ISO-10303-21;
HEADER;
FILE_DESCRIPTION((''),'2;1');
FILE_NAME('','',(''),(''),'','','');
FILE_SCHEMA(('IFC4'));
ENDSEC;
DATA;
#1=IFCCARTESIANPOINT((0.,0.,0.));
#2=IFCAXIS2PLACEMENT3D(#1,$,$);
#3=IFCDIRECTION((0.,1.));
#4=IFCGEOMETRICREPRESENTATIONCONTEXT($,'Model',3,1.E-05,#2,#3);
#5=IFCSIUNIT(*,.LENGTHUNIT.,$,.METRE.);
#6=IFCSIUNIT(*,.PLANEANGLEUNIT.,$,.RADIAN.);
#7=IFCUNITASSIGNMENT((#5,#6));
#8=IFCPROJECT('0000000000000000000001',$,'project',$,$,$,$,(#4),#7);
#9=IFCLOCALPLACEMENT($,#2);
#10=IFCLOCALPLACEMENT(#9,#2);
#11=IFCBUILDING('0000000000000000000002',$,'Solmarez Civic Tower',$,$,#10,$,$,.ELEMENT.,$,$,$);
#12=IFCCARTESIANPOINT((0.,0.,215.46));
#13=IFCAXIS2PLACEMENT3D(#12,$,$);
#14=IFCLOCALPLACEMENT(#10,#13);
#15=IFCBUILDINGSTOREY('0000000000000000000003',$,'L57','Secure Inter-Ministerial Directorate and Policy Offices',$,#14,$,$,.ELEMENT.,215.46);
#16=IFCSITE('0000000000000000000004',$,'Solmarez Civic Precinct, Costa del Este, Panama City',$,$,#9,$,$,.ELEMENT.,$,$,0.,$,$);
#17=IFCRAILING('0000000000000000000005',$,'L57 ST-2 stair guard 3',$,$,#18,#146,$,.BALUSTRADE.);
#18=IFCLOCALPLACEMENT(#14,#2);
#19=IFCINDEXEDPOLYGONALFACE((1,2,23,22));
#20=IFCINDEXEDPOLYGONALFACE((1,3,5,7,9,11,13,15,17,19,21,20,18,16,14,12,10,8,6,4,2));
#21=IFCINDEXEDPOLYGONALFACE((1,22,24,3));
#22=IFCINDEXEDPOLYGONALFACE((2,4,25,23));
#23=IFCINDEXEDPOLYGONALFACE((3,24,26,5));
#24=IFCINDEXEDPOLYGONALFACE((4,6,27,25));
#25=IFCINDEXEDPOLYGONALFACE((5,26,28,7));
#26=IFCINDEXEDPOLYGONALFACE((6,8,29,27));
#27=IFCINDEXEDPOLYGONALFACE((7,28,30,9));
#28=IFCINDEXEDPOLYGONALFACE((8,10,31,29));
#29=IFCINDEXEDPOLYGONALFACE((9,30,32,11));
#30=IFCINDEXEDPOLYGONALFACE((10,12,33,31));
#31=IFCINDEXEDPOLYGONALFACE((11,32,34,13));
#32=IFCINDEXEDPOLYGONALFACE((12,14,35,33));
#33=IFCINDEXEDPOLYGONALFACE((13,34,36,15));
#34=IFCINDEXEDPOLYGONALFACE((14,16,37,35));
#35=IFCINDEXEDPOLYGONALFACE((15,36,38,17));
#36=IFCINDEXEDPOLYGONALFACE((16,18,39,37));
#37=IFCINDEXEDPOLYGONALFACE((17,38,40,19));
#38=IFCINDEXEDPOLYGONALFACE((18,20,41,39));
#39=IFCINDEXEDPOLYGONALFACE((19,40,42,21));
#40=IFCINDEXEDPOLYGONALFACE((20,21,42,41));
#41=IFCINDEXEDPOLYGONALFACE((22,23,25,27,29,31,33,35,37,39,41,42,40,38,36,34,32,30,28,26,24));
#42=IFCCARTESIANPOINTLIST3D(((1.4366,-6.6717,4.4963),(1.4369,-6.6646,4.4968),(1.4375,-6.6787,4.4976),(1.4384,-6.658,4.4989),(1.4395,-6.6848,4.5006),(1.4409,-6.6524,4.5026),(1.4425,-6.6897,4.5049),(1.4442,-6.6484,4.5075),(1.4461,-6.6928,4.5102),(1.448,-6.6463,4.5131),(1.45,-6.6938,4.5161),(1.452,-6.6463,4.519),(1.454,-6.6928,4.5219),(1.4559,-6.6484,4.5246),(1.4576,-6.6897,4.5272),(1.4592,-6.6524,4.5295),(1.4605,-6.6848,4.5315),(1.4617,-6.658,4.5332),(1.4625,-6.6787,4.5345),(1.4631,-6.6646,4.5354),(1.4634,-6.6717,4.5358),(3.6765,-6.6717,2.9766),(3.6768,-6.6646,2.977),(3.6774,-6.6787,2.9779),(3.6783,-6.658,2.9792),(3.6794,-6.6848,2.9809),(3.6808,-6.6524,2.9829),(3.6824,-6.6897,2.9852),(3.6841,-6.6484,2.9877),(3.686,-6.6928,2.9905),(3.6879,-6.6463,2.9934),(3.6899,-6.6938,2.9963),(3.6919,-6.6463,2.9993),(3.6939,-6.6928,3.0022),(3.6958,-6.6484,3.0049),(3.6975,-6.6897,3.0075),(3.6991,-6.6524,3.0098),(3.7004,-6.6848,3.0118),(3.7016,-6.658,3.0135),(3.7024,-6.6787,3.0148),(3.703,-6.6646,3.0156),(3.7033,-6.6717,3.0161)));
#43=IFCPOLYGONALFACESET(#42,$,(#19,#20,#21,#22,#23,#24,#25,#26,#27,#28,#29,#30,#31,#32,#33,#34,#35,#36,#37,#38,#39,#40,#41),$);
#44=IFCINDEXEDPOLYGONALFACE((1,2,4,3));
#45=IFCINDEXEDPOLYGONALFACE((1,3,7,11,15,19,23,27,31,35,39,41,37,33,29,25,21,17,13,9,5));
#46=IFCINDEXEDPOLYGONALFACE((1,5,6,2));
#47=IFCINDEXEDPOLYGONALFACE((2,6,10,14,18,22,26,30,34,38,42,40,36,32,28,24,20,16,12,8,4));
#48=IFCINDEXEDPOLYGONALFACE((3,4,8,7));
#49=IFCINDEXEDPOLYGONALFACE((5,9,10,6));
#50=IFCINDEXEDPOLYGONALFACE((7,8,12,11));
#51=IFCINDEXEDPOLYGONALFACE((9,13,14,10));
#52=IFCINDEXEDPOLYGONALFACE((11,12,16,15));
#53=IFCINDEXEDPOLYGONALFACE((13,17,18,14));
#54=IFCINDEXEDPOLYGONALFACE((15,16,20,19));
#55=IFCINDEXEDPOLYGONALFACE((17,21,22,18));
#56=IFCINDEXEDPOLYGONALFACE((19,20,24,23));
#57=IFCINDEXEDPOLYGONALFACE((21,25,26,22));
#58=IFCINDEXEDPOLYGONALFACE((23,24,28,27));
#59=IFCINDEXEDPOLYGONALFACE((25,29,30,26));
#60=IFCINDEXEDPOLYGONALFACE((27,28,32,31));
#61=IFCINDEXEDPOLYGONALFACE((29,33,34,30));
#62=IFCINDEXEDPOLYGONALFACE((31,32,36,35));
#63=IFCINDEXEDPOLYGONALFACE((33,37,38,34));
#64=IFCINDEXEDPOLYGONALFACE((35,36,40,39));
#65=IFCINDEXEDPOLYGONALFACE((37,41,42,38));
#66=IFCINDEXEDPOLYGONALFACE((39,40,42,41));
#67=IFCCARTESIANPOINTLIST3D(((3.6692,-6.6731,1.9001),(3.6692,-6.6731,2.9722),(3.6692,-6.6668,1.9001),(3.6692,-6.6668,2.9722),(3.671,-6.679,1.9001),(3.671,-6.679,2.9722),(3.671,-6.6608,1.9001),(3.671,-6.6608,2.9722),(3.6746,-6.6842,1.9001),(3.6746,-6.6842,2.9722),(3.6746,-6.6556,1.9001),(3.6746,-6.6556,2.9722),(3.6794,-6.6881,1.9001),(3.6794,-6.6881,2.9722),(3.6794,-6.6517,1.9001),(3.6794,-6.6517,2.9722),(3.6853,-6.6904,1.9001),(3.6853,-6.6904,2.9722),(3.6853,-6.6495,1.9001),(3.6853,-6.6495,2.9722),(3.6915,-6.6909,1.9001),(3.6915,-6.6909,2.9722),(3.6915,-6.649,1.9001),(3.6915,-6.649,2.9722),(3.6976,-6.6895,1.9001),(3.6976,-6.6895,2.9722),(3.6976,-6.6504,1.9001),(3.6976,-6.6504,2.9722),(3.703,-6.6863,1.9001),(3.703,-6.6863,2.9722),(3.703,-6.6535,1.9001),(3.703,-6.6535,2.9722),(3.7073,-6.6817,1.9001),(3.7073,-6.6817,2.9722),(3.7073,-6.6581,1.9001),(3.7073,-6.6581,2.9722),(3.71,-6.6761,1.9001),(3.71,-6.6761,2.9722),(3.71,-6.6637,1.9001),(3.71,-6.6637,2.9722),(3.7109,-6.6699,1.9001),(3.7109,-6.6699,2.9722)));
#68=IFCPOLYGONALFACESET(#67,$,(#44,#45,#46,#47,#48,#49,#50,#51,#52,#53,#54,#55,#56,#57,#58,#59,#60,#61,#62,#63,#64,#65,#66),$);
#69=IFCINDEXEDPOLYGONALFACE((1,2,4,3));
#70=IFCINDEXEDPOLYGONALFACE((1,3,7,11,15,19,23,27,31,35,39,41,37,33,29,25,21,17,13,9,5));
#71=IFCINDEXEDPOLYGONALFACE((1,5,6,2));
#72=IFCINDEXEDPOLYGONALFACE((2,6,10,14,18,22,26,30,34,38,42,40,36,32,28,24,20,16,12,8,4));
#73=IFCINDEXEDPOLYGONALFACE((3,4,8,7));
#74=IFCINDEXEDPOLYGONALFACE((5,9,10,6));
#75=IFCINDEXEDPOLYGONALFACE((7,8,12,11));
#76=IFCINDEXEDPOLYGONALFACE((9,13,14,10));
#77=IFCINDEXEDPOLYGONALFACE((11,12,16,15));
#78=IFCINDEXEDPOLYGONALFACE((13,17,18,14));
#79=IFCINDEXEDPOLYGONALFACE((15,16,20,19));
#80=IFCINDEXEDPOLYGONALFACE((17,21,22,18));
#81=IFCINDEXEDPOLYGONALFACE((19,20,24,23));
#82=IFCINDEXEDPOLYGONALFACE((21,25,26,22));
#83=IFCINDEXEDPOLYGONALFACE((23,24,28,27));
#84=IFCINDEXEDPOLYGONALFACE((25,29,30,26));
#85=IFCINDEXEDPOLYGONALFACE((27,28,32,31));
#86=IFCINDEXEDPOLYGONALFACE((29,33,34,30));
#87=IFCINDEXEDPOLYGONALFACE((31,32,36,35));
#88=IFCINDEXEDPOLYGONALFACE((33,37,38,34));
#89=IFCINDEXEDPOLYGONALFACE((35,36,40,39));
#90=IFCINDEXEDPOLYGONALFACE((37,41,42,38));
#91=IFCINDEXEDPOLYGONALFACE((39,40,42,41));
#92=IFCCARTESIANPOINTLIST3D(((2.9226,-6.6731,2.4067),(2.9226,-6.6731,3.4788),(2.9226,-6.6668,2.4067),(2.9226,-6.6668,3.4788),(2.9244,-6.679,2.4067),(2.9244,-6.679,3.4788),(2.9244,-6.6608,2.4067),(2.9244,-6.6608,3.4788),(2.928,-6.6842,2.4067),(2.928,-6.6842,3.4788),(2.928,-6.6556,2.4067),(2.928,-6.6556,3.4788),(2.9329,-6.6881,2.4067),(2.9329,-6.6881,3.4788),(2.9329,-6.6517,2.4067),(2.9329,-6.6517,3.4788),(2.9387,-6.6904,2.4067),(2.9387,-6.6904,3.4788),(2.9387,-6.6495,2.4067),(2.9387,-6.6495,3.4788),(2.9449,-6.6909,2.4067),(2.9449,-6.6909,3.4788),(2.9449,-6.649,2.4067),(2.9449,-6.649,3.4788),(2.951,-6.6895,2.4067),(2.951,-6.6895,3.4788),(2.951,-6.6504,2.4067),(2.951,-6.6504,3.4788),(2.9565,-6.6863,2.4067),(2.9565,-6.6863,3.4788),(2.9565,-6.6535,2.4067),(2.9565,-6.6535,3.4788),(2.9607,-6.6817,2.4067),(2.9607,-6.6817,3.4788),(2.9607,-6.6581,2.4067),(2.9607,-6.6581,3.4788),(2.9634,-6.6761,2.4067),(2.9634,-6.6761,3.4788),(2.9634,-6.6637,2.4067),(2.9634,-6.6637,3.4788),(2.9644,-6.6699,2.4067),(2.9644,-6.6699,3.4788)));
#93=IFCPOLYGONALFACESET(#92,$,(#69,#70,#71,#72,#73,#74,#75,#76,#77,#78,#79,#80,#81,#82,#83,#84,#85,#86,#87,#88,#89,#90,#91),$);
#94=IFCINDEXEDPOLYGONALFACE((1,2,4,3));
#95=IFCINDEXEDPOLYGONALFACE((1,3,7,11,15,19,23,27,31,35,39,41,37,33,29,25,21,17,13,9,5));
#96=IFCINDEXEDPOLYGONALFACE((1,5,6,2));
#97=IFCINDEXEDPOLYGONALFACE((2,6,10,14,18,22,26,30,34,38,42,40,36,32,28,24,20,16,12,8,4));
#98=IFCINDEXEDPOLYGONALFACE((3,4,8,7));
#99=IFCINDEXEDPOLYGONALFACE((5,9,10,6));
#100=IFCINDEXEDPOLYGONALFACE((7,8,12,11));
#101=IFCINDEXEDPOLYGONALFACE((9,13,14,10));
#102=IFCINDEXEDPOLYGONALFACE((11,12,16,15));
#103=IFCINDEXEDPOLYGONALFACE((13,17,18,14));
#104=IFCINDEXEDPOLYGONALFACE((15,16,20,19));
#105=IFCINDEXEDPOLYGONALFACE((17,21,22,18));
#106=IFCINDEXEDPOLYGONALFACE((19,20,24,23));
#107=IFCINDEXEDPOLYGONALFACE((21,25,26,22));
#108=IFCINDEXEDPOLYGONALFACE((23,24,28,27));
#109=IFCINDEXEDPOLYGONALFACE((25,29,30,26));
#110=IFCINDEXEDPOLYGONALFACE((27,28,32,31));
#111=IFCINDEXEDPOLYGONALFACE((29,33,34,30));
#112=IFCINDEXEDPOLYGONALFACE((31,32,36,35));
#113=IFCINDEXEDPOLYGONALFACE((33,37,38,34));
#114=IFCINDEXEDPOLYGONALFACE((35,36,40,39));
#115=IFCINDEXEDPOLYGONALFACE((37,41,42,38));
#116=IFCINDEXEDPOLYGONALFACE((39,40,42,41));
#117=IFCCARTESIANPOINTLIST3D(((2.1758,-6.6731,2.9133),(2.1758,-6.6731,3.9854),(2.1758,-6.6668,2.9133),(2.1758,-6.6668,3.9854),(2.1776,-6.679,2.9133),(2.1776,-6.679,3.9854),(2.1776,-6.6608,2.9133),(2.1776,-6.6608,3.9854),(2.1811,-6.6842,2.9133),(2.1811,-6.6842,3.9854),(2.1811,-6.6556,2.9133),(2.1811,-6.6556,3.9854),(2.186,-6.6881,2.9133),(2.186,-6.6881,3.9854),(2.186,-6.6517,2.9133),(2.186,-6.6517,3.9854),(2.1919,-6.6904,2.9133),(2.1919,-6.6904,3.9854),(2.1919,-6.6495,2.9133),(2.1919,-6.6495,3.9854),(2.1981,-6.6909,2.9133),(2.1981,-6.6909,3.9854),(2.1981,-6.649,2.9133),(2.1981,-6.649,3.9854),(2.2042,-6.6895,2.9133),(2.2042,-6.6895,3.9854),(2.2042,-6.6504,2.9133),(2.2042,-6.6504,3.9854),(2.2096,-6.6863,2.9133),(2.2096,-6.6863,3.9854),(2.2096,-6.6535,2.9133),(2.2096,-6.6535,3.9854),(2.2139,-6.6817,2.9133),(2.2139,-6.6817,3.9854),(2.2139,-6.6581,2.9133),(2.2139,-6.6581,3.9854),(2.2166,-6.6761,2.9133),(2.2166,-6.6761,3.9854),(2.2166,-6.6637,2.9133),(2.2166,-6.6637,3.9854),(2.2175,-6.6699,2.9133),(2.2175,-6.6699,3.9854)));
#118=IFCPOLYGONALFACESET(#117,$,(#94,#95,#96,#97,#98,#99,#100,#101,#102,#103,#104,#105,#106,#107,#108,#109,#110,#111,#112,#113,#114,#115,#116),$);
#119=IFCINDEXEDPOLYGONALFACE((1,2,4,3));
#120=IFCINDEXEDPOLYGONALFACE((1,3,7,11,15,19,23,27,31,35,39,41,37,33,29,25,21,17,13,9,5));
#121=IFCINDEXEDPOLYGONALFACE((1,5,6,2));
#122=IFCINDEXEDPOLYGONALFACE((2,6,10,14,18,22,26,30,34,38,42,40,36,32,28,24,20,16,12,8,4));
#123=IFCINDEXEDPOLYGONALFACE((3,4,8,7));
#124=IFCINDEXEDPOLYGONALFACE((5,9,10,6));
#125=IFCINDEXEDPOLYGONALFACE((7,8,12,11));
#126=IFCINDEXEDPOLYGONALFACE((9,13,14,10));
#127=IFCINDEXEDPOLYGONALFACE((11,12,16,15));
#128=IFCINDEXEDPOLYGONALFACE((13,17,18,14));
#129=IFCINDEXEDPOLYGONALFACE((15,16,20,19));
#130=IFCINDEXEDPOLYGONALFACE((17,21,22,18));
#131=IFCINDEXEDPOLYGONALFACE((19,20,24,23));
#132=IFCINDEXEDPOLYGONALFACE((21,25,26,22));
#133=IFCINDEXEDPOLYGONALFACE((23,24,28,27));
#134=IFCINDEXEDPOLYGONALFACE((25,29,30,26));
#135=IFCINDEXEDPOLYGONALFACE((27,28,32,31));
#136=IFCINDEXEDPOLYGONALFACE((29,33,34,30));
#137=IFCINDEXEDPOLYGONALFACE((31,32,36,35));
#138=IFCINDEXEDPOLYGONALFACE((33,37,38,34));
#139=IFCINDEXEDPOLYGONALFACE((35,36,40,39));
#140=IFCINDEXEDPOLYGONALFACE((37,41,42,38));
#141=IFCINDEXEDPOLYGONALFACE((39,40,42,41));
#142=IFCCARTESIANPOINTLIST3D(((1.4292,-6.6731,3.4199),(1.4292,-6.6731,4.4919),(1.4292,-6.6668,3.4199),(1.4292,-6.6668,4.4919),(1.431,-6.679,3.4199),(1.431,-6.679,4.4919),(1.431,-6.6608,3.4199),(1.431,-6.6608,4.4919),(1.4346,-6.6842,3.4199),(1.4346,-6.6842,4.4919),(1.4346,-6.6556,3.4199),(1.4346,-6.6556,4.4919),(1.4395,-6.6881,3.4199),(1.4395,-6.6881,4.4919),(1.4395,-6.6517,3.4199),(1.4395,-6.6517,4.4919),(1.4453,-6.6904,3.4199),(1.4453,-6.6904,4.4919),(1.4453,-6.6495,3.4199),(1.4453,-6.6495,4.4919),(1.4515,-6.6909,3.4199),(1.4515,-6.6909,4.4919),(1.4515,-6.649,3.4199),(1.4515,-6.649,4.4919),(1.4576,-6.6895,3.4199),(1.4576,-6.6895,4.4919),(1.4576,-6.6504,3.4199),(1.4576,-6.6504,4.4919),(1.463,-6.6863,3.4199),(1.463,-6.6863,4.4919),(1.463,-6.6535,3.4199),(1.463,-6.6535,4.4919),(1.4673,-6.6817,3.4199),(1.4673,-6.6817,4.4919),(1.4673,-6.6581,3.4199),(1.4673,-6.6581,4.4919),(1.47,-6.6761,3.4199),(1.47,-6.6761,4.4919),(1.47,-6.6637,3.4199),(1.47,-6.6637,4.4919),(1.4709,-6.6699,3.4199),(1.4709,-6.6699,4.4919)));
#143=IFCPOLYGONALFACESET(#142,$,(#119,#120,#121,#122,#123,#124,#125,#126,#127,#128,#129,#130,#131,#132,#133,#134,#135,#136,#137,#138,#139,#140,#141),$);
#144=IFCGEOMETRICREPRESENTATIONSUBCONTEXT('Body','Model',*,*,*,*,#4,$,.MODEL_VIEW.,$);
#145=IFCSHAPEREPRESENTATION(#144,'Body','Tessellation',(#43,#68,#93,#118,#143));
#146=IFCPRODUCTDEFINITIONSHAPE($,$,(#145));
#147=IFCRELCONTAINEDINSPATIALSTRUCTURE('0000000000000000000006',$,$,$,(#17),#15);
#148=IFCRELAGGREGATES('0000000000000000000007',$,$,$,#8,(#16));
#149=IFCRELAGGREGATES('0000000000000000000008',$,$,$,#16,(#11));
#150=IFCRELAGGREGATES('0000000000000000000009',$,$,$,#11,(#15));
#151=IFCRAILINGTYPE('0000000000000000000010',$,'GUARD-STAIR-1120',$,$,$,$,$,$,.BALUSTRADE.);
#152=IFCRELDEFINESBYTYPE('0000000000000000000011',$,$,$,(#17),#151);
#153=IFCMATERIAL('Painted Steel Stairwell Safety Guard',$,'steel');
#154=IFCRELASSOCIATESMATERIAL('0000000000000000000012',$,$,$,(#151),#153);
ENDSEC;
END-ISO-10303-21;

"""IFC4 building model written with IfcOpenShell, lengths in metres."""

from ifc_helpers import new_model, si_unit, direction, frame, origin, origin_2d, place, context, subcontext, project, spatial, circle, extrude, material, type_object, element, save


model = new_model("IFC4")

# Units and contexts
model_context = context("Model", 3, precision=1e-05, world=origin(), true_north=direction((0.0, 1.0)))
body_context = subcontext(model_context, "Body", "Model", "MODEL_VIEW")
ifc_project = project(units=[si_unit("LENGTHUNIT", "METRE"), si_unit("PLANEANGLEUNIT", "RADIAN")], contexts=[model_context])

# Site, building, storey
site_placement = place(None, origin())
site = spatial("IfcSite", under=ifc_project, at=site_placement, Name="Solmarez Civic Precinct, Costa del Este, Panama City", CompositionType="ELEMENT", RefElevation=0.0)
building_placement = place(site_placement, origin())
building = spatial("IfcBuilding", under=site, at=building_placement, Name="Solmarez Civic Tower", CompositionType="ELEMENT")
storey_placement = place(building_placement, frame((0.0, 0.0, 215.46)))
storey = spatial("IfcBuildingStorey", under=building, at=storey_placement, Name="L57", Description="Secure Inter-Ministerial Directorate and Policy Offices", CompositionType="ELEMENT", Elevation=215.46)

# Railing
ifc_material_1 = material(Name="Painted Steel Stairwell Safety Guard", Category="steel")
railing_type_1 = type_object("IfcRailingType", Name="GUARD-STAIR-1120", PredefinedType="BALUSTRADE", material=ifc_material_1)
railing_1_placement = place(storey_placement, frame((3.6899, -6.6699, 1.9001)))
element("IfcRailing", 1, at=railing_1_placement, inside=storey, type_object=railing_type_1, Name="L57 ST-2 stair guard 3", PredefinedType="BALUSTRADE", context=body_context, shape_type="SweptSolid", body=[
    extrude(circle(Radius=0.0239, at=origin_2d()), frame((0.0, 0.0, 1.0962), z_axis=(-0.827513, 0.0, 0.561446), x_axis=(0.0, -1.0, 0.0)), (0.0, 0.0, 1.0), 2.7068),
    extrude(circle(Radius=0.021, at=origin_2d()), origin(), (0.0, 0.0, 1.0), 1.072),
    extrude(circle(Radius=0.021, at=origin_2d()), frame((-0.7466, 0.0, 0.5066)), (0.0, 0.0, 1.0), 1.072),
    extrude(circle(Radius=0.021, at=origin_2d()), frame((-1.4934, 0.0, 1.0132)), (0.0, 0.0, 1.0), 1.072),
    extrude(circle(Radius=0.021, at=origin_2d()), frame((-2.24, 0.0, 1.5198)), (0.0, 0.0, 1.0), 1.072),
])

save(model, "model.ifc")
